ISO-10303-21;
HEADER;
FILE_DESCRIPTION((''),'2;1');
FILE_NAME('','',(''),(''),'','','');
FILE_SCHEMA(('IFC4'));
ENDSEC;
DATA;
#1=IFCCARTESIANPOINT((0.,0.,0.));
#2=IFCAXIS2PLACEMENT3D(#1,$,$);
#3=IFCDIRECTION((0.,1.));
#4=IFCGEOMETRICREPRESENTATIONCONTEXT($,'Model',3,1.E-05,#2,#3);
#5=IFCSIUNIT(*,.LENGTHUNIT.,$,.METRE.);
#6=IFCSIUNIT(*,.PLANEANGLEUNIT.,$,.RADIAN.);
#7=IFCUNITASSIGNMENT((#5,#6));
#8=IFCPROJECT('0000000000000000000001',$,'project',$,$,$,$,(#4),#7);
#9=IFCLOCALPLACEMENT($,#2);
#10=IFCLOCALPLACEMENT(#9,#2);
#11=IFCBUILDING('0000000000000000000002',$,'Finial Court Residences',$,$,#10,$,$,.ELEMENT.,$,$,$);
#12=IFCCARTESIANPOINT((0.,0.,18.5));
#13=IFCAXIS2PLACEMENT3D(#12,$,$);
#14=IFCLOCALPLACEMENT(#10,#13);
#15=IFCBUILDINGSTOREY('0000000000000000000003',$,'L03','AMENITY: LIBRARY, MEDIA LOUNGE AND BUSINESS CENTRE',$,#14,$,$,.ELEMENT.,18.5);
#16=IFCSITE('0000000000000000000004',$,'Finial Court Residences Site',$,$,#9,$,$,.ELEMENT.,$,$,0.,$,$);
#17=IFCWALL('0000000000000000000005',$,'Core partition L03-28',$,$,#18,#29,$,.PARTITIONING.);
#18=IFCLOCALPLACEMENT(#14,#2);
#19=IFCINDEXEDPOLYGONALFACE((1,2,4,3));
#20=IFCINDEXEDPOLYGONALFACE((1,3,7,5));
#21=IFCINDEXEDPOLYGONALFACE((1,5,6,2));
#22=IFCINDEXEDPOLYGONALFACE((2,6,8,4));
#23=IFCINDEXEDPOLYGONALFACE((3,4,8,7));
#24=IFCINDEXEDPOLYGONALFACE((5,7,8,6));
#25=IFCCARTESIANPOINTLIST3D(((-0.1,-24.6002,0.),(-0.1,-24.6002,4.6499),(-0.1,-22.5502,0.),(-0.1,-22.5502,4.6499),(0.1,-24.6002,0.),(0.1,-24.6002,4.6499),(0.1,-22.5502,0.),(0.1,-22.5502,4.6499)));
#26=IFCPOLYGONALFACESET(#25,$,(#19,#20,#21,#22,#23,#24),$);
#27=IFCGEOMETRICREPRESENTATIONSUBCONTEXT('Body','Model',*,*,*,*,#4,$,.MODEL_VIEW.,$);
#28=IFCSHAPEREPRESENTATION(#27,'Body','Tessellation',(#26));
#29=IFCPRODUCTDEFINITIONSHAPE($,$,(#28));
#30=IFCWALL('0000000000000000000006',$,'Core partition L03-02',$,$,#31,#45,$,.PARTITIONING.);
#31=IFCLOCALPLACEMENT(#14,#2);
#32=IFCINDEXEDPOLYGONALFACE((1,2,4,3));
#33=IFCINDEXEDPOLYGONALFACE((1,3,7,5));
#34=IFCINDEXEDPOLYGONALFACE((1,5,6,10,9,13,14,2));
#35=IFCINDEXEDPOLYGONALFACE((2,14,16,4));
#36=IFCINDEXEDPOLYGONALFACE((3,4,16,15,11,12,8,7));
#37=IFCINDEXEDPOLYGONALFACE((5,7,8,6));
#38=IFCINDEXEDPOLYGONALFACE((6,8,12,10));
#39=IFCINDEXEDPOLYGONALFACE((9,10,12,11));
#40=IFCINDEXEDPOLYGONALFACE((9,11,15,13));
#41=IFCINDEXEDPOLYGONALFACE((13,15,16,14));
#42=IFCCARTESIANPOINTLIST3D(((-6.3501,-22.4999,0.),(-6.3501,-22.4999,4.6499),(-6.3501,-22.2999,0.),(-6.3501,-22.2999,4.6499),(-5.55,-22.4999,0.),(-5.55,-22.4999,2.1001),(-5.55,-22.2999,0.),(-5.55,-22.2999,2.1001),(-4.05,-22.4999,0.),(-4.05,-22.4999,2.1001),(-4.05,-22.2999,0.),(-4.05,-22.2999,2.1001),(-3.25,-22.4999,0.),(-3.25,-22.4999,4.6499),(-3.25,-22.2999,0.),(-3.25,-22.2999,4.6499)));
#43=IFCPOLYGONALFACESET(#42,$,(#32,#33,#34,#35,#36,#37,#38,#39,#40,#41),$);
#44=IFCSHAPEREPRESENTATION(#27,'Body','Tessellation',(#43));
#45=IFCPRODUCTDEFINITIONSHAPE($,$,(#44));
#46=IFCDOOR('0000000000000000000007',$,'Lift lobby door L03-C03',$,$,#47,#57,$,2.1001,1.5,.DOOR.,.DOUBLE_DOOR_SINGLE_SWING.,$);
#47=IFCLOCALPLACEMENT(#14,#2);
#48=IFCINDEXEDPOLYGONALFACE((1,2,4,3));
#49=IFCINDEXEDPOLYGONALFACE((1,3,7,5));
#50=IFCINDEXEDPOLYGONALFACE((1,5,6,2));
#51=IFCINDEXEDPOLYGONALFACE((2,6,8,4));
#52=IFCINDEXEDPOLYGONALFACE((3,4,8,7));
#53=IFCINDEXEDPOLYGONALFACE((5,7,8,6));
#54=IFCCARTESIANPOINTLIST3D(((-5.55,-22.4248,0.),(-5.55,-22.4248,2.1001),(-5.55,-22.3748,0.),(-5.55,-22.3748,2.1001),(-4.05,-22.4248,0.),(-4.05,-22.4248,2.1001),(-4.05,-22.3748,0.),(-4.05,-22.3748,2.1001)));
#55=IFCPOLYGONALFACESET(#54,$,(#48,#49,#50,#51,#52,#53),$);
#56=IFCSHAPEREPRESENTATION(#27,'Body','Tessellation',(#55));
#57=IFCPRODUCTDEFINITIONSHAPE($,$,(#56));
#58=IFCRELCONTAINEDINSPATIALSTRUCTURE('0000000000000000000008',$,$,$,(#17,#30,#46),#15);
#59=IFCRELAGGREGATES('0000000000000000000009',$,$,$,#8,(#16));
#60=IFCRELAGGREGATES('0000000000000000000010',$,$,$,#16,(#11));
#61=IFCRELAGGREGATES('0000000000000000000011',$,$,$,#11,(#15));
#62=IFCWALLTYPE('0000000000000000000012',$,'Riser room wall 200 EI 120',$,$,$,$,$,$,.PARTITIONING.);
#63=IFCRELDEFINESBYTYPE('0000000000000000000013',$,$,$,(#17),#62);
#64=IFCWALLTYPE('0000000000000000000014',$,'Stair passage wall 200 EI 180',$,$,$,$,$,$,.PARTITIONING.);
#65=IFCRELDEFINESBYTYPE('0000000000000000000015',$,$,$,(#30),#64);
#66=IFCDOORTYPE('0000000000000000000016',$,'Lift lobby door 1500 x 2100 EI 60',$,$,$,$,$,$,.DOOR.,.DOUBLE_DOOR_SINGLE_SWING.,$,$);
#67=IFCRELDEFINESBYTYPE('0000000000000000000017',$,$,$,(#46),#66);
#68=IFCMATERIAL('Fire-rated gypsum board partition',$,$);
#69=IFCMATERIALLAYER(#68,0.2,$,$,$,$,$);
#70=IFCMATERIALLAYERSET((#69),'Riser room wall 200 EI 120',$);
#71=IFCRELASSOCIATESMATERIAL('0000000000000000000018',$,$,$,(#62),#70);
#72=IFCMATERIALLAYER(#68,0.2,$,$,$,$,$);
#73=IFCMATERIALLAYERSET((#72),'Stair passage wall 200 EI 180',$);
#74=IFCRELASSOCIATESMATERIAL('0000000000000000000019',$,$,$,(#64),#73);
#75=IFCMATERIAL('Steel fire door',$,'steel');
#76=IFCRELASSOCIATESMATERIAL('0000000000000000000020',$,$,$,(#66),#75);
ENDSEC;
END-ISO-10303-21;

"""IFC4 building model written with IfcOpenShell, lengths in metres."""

from ifc_helpers import new_model, si_unit, direction, frame, frame_2d, origin, place, context, subcontext, project, spatial, rectangle, extrude, material, layer, layer_set, type_object, element, fill, save


model = new_model("IFC4")

# Units and contexts
model_context = context("Model", 3, precision=1e-05, world=origin(), true_north=direction((0.0, 1.0)))
body_context = subcontext(model_context, "Body", "Model", "MODEL_VIEW")
ifc_project = project(units=[si_unit("LENGTHUNIT", "METRE"), si_unit("PLANEANGLEUNIT", "RADIAN")], contexts=[model_context])

# Site, building, storey
site_placement = place(None, origin())
site = spatial("IfcSite", under=ifc_project, at=site_placement, Name="Finial Court Residences Site", CompositionType="ELEMENT", RefElevation=0.0)
building_placement = place(site_placement, origin())
building = spatial("IfcBuilding", under=site, at=building_placement, Name="Finial Court Residences", CompositionType="ELEMENT")
storey_placement = place(building_placement, frame((0.0, 0.0, 18.5)))
storey = spatial("IfcBuildingStorey", under=building, at=storey_placement, Name="L03", Description="AMENITY: LIBRARY, MEDIA LOUNGE AND BUSINESS CENTRE", CompositionType="ELEMENT", Elevation=18.5)

# Shared definitions
ifc_material_1 = material(Name="Fire-rated gypsum board partition")
ifc_material_2 = material(Name="Steel fire door", Category="steel")

# Wall
ifc_layer_1 = layer(ifc_material_1, 0.2)
ifc_layer_set_1 = layer_set([ifc_layer_1], Name="Riser room wall 200 EI 120")
wall_type_1 = type_object("IfcWallType", Name="Riser room wall 200 EI 120", PredefinedType="PARTITIONING", material=ifc_layer_set_1)
wall_1_placement = place(storey_placement, frame((0.0, -24.6001, 0.0), z_axis=(0.0, 0.0, 1.0), x_axis=(0.0, 1.0, 0.0)))
element("IfcWall", 1, at=wall_1_placement, inside=storey, type_object=wall_type_1, Name="Core partition L03-28", PredefinedType="PARTITIONING", context=body_context, shape_type="SweptSolid", body=[
    extrude(rectangle(XDim=2.05, YDim=0.2, at=frame_2d((1.0249, 0.0))), origin(), (0.0, 0.0, 1.0), 4.6499),
])

# Wall, opening, door
ifc_layer_2 = layer(ifc_material_1, 0.2)
ifc_layer_set_2 = layer_set([ifc_layer_2], Name="Stair passage wall 200 EI 180")
wall_type_2 = type_object("IfcWallType", Name="Stair passage wall 200 EI 180", PredefinedType="PARTITIONING", material=ifc_layer_set_2)
wall_2_placement = place(storey_placement, frame((-3.25, -22.3999, 0.0), z_axis=(0.0, 0.0, 1.0), x_axis=(-1.0, 0.0, 0.0)))
wall_2 = element("IfcWall", 2, at=wall_2_placement, inside=storey, type_object=wall_type_2, Name="Core partition L03-02", PredefinedType="PARTITIONING", context=body_context, shape_type="SweptSolid", body=[
    extrude(rectangle(XDim=3.1001, YDim=0.2, at=frame_2d((1.55, 0.0))), origin(), (0.0, 0.0, 1.0), 4.6499),
])
opening_1_placement = place(wall_2_placement, frame((0.8, 0.0, 0.0)))
opening_1 = element("IfcOpeningElement", 3, at=opening_1_placement, cuts=wall_2, PredefinedType="OPENING", context=body_context, shape_type="SweptSolid", body=[
    extrude(rectangle(XDim=1.5, YDim=2.1001, at=frame_2d((0.75, 1.05))), frame((0.0, 0.1099, 0.0), z_axis=(0.0, -1.0, 0.0), x_axis=(1.0, 0.0, 0.0)), (0.0, 0.0, 1.0), 0.22),
])
door_type_1 = type_object("IfcDoorType", Name="Lift lobby door 1500 x 2100 EI 60", OperationType="DOUBLE_DOOR_SINGLE_SWING", PredefinedType="DOOR", material=ifc_material_2)
door_1_placement = place(opening_1_placement, origin())
door_1 = element("IfcDoor", 4, at=door_1_placement, inside=storey, type_object=door_type_1, Name="Lift lobby door L03-C03", OperationType="DOUBLE_DOOR_SINGLE_SWING", OverallHeight=2.1001, OverallWidth=1.5, PredefinedType="DOOR", context=body_context, shape_type="SweptSolid", body=[
    extrude(rectangle(XDim=1.5, YDim=2.1001, at=frame_2d((0.75, 1.05))), frame((0.0, 0.0249, 0.0), z_axis=(0.0, -1.0, 0.0), x_axis=(1.0, 0.0, 0.0)), (0.0, 0.0, 1.0), 0.05),
])
fill(opening_1, door_1)

save(model, "model.ifc")
